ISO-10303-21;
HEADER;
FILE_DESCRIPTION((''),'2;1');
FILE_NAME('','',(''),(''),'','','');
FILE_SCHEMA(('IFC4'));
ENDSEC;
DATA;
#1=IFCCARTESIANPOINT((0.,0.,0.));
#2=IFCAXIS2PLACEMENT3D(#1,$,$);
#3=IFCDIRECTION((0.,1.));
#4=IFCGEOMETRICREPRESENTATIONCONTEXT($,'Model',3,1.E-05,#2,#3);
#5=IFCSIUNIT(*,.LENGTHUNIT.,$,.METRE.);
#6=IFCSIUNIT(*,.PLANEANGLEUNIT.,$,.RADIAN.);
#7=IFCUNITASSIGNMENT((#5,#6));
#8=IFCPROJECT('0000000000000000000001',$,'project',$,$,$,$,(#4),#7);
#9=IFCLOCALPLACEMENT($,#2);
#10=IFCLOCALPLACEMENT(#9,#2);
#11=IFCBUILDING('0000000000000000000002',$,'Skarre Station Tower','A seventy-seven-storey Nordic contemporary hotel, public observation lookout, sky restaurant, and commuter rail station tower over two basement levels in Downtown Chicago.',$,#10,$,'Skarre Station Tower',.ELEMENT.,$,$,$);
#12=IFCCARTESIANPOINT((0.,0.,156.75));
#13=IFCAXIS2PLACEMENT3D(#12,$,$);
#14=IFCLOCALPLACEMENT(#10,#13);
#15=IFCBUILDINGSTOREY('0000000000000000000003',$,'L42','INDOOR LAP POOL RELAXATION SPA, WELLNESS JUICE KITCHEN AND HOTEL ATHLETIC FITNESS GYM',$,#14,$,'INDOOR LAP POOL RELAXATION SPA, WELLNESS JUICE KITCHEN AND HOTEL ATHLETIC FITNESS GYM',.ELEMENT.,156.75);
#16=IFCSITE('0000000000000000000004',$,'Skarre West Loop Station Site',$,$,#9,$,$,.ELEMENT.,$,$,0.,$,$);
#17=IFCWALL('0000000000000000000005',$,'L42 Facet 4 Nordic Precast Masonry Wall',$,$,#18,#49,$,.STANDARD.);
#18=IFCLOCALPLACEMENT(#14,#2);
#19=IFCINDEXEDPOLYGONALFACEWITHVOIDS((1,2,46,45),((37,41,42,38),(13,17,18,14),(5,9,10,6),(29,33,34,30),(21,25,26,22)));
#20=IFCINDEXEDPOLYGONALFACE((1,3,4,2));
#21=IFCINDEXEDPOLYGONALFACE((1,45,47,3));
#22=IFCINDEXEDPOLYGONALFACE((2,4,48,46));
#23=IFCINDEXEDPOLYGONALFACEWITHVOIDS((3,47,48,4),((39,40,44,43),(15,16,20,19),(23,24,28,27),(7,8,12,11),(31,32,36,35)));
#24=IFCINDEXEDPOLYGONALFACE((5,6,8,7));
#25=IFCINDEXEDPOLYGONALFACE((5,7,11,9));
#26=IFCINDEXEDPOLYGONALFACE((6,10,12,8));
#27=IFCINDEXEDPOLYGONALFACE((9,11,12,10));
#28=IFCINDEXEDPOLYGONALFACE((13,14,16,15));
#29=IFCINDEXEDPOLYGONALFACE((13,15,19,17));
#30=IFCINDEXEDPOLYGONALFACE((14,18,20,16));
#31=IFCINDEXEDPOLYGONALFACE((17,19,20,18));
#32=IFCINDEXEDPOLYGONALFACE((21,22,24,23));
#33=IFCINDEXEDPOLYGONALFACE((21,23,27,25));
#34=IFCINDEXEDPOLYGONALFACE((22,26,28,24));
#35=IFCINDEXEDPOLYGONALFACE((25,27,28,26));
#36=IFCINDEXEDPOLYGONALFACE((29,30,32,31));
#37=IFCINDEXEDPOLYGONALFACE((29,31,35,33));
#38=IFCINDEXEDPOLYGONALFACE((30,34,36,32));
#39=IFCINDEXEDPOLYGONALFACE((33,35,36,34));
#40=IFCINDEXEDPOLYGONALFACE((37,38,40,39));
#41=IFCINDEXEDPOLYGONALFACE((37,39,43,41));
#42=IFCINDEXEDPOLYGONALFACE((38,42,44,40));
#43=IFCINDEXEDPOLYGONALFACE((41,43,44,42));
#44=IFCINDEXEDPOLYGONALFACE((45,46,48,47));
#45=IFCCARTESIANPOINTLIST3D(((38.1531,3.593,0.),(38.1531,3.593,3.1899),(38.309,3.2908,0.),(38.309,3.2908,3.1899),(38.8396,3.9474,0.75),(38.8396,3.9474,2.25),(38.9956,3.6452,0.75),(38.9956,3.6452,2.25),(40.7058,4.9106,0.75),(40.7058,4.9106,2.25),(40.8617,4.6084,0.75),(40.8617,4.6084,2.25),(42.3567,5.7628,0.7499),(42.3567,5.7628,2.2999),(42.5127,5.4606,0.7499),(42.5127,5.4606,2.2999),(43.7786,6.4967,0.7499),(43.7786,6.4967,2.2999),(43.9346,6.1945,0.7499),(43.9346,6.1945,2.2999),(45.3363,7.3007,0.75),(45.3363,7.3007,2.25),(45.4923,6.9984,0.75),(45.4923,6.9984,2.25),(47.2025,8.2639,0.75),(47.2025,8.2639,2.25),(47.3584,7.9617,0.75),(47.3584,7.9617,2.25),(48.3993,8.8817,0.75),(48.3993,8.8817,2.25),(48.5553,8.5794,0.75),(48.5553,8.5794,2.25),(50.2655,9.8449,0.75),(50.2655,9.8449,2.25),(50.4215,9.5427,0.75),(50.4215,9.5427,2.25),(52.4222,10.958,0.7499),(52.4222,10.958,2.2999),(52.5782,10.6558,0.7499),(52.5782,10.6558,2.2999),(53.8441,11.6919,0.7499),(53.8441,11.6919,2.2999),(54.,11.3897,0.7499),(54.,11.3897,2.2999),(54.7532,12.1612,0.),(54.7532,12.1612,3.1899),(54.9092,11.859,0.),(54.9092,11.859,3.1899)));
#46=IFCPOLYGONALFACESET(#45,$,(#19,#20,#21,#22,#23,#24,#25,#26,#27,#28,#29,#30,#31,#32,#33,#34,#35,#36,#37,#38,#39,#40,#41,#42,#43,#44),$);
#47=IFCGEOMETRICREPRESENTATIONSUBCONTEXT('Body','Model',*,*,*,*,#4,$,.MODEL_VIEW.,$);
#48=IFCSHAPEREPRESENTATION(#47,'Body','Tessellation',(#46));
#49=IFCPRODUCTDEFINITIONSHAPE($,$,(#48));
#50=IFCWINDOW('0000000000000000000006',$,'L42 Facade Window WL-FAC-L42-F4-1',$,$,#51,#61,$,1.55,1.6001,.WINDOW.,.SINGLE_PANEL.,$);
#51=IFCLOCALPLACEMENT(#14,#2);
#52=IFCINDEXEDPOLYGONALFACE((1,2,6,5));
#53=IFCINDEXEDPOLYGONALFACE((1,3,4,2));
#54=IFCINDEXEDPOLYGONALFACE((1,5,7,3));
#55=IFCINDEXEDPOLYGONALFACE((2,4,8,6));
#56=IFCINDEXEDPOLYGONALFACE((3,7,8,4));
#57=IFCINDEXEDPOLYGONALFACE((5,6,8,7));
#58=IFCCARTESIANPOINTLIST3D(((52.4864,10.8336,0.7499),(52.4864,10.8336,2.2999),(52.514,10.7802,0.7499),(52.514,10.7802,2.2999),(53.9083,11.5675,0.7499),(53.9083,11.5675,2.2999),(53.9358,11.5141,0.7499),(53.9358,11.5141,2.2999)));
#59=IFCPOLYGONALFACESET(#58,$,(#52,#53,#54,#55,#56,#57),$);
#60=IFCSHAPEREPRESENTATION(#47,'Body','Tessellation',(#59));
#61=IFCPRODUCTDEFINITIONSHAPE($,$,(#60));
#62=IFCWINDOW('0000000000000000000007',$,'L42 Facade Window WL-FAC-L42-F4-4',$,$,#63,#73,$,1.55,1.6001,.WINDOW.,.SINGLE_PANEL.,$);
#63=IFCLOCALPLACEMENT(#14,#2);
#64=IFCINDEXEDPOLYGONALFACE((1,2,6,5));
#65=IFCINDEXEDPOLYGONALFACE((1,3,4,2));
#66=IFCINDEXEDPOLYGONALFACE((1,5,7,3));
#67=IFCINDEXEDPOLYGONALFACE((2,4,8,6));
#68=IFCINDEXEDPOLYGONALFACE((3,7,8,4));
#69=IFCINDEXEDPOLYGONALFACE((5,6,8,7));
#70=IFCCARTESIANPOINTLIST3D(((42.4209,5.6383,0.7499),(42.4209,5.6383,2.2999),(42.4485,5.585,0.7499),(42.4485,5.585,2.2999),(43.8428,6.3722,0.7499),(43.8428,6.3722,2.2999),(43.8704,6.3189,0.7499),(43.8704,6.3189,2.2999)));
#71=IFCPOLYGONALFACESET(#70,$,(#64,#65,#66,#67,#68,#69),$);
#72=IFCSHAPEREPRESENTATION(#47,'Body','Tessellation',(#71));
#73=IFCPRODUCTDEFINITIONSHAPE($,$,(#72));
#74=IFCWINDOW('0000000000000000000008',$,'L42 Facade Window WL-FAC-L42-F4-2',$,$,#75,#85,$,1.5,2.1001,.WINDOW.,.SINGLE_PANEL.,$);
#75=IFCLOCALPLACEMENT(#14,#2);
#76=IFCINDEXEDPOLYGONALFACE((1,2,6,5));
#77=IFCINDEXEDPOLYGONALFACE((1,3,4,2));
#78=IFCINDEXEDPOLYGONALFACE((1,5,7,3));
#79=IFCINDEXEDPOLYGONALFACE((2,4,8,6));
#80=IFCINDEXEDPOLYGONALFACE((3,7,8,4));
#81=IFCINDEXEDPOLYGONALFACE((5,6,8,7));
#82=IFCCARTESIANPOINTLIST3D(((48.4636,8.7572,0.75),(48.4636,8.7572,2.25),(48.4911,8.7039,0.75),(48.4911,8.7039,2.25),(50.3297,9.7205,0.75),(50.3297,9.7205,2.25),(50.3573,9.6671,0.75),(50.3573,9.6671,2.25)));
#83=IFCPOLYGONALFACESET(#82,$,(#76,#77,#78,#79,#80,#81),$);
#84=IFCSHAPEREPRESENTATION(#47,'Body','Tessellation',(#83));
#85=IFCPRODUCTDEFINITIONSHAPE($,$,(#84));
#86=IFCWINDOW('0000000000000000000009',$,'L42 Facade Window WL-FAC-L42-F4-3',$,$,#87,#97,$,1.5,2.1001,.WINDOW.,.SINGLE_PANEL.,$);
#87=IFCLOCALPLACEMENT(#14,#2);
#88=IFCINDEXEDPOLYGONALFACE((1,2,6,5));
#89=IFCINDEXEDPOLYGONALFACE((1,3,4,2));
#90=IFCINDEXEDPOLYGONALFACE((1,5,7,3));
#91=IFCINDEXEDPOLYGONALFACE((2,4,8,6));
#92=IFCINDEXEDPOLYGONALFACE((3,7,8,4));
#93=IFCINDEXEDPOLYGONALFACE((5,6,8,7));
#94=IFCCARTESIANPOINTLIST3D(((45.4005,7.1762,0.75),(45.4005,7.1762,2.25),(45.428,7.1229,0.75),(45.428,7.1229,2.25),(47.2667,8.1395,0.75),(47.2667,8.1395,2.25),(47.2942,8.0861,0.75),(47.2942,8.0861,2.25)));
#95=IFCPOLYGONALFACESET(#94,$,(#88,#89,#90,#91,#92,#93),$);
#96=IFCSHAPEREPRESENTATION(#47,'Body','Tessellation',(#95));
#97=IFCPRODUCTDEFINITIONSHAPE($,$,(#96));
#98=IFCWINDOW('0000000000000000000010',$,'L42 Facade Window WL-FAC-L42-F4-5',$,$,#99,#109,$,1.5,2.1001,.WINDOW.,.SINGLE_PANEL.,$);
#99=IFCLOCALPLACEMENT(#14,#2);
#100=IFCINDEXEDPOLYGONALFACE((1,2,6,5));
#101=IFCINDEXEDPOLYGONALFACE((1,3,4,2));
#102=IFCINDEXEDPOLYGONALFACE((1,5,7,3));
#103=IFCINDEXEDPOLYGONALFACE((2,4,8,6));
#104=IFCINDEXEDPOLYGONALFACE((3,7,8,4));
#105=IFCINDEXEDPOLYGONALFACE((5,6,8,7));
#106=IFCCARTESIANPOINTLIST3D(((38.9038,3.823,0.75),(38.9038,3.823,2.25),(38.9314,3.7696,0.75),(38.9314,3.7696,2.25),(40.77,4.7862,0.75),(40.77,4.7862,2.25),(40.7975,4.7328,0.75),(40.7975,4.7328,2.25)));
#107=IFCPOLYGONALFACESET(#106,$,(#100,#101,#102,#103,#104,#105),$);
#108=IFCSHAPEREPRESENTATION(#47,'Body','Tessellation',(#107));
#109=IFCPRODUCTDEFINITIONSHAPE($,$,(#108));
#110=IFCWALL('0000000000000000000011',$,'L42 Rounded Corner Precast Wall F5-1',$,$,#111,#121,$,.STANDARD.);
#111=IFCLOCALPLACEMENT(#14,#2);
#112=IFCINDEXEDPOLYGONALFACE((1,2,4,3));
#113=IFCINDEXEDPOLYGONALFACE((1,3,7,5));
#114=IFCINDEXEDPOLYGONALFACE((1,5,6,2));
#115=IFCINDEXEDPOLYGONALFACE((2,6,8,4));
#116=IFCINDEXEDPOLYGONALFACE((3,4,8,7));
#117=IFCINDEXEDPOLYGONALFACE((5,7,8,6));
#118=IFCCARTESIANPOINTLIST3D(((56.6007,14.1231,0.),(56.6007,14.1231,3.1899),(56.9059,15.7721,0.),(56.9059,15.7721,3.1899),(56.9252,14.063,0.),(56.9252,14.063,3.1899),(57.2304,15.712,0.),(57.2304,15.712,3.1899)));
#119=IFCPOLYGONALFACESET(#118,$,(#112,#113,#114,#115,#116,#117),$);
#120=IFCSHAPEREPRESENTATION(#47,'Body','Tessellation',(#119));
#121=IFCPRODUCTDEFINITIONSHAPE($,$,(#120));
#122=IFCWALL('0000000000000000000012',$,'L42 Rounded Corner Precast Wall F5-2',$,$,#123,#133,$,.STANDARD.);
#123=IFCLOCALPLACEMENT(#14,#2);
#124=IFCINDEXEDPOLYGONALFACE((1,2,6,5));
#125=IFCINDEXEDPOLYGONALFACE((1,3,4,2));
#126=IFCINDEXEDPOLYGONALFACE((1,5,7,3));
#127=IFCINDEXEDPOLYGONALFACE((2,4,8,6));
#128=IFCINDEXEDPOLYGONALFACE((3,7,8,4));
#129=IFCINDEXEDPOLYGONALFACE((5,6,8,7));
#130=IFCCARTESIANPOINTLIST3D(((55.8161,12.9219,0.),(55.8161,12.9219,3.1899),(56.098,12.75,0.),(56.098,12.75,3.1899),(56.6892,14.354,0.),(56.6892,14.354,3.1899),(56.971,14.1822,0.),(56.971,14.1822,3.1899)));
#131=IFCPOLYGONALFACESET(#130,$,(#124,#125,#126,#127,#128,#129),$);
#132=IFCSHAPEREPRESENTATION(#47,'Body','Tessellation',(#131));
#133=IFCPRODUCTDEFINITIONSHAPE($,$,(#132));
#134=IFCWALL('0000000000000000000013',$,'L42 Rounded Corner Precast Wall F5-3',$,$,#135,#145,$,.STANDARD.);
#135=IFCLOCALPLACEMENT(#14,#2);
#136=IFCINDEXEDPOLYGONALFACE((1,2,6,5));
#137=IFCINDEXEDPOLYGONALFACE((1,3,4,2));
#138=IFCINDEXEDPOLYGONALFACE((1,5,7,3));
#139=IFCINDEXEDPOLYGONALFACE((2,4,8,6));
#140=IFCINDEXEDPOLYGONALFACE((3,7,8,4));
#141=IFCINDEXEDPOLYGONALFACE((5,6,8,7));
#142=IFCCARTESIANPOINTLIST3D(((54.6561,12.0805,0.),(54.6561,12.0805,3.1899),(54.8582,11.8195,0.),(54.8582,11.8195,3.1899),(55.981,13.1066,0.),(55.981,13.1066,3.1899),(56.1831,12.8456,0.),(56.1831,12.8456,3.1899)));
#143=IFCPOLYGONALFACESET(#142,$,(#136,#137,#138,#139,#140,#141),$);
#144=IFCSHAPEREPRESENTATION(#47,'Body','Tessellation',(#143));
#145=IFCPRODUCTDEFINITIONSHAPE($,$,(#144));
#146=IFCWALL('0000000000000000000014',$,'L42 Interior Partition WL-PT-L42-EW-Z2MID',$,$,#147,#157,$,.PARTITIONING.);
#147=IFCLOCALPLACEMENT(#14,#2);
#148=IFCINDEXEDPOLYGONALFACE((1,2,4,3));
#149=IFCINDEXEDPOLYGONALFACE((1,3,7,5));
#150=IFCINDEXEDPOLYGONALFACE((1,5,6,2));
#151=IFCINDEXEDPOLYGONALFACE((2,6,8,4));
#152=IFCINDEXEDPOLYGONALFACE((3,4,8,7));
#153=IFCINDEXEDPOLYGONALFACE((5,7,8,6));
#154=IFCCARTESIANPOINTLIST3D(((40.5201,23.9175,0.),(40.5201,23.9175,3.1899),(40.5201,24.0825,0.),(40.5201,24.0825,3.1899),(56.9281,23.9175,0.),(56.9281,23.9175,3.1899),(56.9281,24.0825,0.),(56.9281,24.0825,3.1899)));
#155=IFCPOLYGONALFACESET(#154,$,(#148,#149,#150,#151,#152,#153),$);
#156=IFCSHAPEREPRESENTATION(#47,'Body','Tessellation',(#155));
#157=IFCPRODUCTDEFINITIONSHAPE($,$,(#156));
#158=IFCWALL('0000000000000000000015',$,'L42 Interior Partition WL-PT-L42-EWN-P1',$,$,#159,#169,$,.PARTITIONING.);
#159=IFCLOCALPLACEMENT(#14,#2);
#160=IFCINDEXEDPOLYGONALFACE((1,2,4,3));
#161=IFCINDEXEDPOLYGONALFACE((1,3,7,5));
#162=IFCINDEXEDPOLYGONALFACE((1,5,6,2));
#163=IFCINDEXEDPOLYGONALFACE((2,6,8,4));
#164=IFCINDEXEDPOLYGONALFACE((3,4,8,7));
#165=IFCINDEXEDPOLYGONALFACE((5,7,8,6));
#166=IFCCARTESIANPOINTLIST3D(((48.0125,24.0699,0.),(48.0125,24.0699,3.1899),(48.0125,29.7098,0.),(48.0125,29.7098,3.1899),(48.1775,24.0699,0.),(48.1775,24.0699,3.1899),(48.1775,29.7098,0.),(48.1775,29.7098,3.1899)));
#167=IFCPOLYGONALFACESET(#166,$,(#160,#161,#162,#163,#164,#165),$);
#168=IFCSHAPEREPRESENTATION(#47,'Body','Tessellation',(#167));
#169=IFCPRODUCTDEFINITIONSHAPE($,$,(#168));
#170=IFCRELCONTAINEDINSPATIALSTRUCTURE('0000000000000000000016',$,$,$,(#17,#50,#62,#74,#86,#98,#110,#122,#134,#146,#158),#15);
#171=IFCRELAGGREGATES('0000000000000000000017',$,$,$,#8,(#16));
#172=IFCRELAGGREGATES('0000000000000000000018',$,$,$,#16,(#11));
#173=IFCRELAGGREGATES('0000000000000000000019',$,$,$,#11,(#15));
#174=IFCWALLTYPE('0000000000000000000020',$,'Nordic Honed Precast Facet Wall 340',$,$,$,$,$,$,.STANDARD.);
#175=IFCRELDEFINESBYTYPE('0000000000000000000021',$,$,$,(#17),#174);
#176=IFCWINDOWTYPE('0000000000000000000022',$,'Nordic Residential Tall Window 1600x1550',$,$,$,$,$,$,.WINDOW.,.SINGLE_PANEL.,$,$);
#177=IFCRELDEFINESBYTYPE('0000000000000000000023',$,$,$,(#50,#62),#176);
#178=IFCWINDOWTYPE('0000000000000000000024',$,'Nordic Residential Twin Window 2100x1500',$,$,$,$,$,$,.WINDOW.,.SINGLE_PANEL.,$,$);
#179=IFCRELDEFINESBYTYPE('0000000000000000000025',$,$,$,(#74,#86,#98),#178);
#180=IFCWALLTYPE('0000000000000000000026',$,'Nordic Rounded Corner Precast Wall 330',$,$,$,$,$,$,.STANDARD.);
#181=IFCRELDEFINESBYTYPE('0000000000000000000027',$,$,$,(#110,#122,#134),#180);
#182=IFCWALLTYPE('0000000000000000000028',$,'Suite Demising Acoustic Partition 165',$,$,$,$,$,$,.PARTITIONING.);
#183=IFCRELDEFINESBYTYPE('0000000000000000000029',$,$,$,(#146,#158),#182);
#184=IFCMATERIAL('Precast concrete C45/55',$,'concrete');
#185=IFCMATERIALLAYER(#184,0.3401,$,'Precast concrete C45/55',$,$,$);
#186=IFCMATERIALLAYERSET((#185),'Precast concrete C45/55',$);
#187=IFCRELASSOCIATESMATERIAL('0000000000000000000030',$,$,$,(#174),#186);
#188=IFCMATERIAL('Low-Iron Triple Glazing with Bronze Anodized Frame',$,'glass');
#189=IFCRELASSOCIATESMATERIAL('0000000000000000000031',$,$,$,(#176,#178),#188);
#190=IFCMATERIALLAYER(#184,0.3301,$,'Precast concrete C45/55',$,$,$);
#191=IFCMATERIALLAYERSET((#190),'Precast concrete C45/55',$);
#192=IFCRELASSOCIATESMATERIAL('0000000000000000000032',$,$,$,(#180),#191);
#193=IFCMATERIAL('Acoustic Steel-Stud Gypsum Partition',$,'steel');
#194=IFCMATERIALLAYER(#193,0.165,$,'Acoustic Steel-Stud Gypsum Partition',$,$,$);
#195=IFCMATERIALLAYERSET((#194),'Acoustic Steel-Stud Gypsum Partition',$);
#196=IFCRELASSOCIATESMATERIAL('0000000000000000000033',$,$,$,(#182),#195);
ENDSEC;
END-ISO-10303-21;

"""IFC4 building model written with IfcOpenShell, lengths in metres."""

from ifc_helpers import new_model, si_unit, direction, frame, frame_2d, origin, place, context, subcontext, project, spatial, rectangle, extrude, material, layer, layer_set, type_object, element, fill, save


model = new_model("IFC4")

# Units and contexts
model_context = context("Model", 3, precision=1e-05, world=origin(), true_north=direction((0.0, 1.0)))
body_context = subcontext(model_context, "Body", "Model", "MODEL_VIEW")
ifc_project = project(units=[si_unit("LENGTHUNIT", "METRE"), si_unit("PLANEANGLEUNIT", "RADIAN")], contexts=[model_context])

# Site, building, storey
site_placement = place(None, origin())
site = spatial("IfcSite", under=ifc_project, at=site_placement, Name="Skarre West Loop Station Site", CompositionType="ELEMENT", RefElevation=0.0)
building_placement = place(site_placement, origin())
building = spatial("IfcBuilding", under=site, at=building_placement, Name="Skarre Station Tower", Description="A seventy-seven-storey Nordic contemporary hotel, public observation lookout, sky restaurant, and commuter rail station tower over two basement levels in Downtown Chicago.", LongName="Skarre Station Tower", CompositionType="ELEMENT")
storey_placement = place(building_placement, frame((0.0, 0.0, 156.75)))
storey = spatial("IfcBuildingStorey", under=building, at=storey_placement, Name="L42", Description="INDOOR LAP POOL RELAXATION SPA, WELLNESS JUICE KITCHEN AND HOTEL ATHLETIC FITNESS GYM", LongName="INDOOR LAP POOL RELAXATION SPA, WELLNESS JUICE KITCHEN AND HOTEL ATHLETIC FITNESS GYM", CompositionType="ELEMENT", Elevation=156.75)

# Shared definitions
ifc_material_1 = material(Name="Acoustic Steel-Stud Gypsum Partition", Category="steel")

# Wall, openings, windows
ifc_material_2 = material(Name="Precast concrete C45/55", Category="concrete")
ifc_layer_1 = layer(ifc_material_2, 0.3401, Name="Precast concrete C45/55")
ifc_layer_set_1 = layer_set([ifc_layer_1], Name="Precast concrete C45/55")
wall_type_1 = type_object("IfcWallType", Name="Nordic Honed Precast Facet Wall 340", PredefinedType="STANDARD", material=ifc_layer_set_1)
wall_1_placement = place(storey_placement, frame((54.8311, 12.01, 0.0), z_axis=(0.0, 0.0, 1.0), x_axis=(-0.888614, -0.458657, 0.0)))
wall_1 = element("IfcWall", 1, at=wall_1_placement, inside=storey, type_object=wall_type_1, Name="L42 Facet 4 Nordic Precast Masonry Wall", PredefinedType="STANDARD", context=body_context, shape_type="SweptSolid", body=[
    extrude(rectangle(XDim=18.6809, YDim=0.3401, at=frame_2d((9.3403, 0.0))), origin(), (0.0, 0.0, 1.0), 3.1899),
])
opening_1_placement = place(wall_1_placement, frame((1.0229, 0.0, 0.75)))
opening_1 = element("IfcOpeningElement", 2, at=opening_1_placement, cuts=wall_1, PredefinedType="OPENING", context=body_context, shape_type="SweptSolid", body=[
    extrude(rectangle(XDim=1.6001, YDim=1.55, at=frame_2d((0.8, 0.7749))), frame((0.0, 0.1799, 0.0), z_axis=(0.0, -1.0, 0.0), x_axis=(1.0, 0.0, 0.0)), (0.0, 0.0, 1.0), 0.3601),
])
opening_2_placement = place(wall_1_placement, frame((5.05, 0.0, 0.75)))
opening_2 = element("IfcOpeningElement", 3, at=opening_2_placement, cuts=wall_1, PredefinedType="OPENING", context=body_context, shape_type="SweptSolid", body=[
    extrude(rectangle(XDim=2.1001, YDim=1.5, at=frame_2d((1.05, 0.75))), frame((0.0, 0.1799, 0.0), z_axis=(0.0, -1.0, 0.0), x_axis=(1.0, 0.0, 0.0)), (0.0, 0.0, 1.0), 0.3601),
])
opening_3_placement = place(wall_1_placement, frame((8.4971, 0.0, 0.75)))
opening_3 = element("IfcOpeningElement", 4, at=opening_3_placement, cuts=wall_1, PredefinedType="OPENING", context=body_context, shape_type="SweptSolid", body=[
    extrude(rectangle(XDim=2.1001, YDim=1.5, at=frame_2d((1.05, 0.75))), frame((0.0, 0.1799, 0.0), z_axis=(0.0, -1.0, 0.0), x_axis=(1.0, 0.0, 0.0)), (0.0, 0.0, 1.0), 0.3601),
])
opening_4_placement = place(wall_1_placement, frame((12.3501, 0.0, 0.75)))
opening_4 = element("IfcOpeningElement", 5, at=opening_4_placement, cuts=wall_1, PredefinedType="OPENING", context=body_context, shape_type="SweptSolid", body=[
    extrude(rectangle(XDim=1.6001, YDim=1.55, at=frame_2d((0.8, 0.7749))), frame((0.0, 0.1799, 0.0), z_axis=(0.0, -1.0, 0.0), x_axis=(1.0, 0.0, 0.0)), (0.0, 0.0, 1.0), 0.3601),
])
opening_5_placement = place(wall_1_placement, frame((15.8081, 0.0, 0.75)))
opening_5 = element("IfcOpeningElement", 6, at=opening_5_placement, cuts=wall_1, PredefinedType="OPENING", context=body_context, shape_type="SweptSolid", body=[
    extrude(rectangle(XDim=2.1001, YDim=1.5, at=frame_2d((1.05, 0.75))), frame((0.0, 0.1799, 0.0), z_axis=(0.0, -1.0, 0.0), x_axis=(1.0, 0.0, 0.0)), (0.0, 0.0, 1.0), 0.3601),
])
ifc_material_3 = material(Name="Low-Iron Triple Glazing with Bronze Anodized Frame", Category="glass")
window_type_1 = type_object("IfcWindowType", Name="Nordic Residential Tall Window 1600x1550", PartitioningType="SINGLE_PANEL", PredefinedType="WINDOW", material=ifc_material_3)
window_1_placement = place(opening_1_placement, origin())
window_1 = element("IfcWindow", 7, at=window_1_placement, inside=storey, type_object=window_type_1, Name="L42 Facade Window WL-FAC-L42-F4-1", OverallHeight=1.55, OverallWidth=1.6001, PartitioningType="SINGLE_PANEL", PredefinedType="WINDOW", context=body_context, shape_type="SweptSolid", body=[
    extrude(rectangle(XDim=1.6001, YDim=1.55, at=frame_2d((0.8, 0.7749))), frame((0.0, 0.03, 0.0), z_axis=(0.0, -1.0, 0.0), x_axis=(1.0, 0.0, 0.0)), (0.0, 0.0, 1.0), 0.0601),
])
fill(opening_1, window_1)
window_2_placement = place(opening_4_placement, origin())
window_2 = element("IfcWindow", 8, at=window_2_placement, inside=storey, type_object=window_type_1, Name="L42 Facade Window WL-FAC-L42-F4-4", OverallHeight=1.55, OverallWidth=1.6001, PartitioningType="SINGLE_PANEL", PredefinedType="WINDOW", context=body_context, shape_type="SweptSolid", body=[
    extrude(rectangle(XDim=1.6001, YDim=1.55, at=frame_2d((0.8, 0.7749))), frame((0.0, 0.03, 0.0), z_axis=(0.0, -1.0, 0.0), x_axis=(1.0, 0.0, 0.0)), (0.0, 0.0, 1.0), 0.0601),
])
fill(opening_4, window_2)
window_type_2 = type_object("IfcWindowType", Name="Nordic Residential Twin Window 2100x1500", PartitioningType="SINGLE_PANEL", PredefinedType="WINDOW", material=ifc_material_3)
window_3_placement = place(opening_2_placement, origin())
window_3 = element("IfcWindow", 9, at=window_3_placement, inside=storey, type_object=window_type_2, Name="L42 Facade Window WL-FAC-L42-F4-2", OverallHeight=1.5, OverallWidth=2.1001, PartitioningType="SINGLE_PANEL", PredefinedType="WINDOW", context=body_context, shape_type="SweptSolid", body=[
    extrude(rectangle(XDim=2.1001, YDim=1.5, at=frame_2d((1.05, 0.75))), frame((0.0, 0.03, 0.0), z_axis=(0.0, -1.0, 0.0), x_axis=(1.0, 0.0, 0.0)), (0.0, 0.0, 1.0), 0.0601),
])
fill(opening_2, window_3)
window_4_placement = place(opening_3_placement, origin())
window_4 = element("IfcWindow", 10, at=window_4_placement, inside=storey, type_object=window_type_2, Name="L42 Facade Window WL-FAC-L42-F4-3", OverallHeight=1.5, OverallWidth=2.1001, PartitioningType="SINGLE_PANEL", PredefinedType="WINDOW", context=body_context, shape_type="SweptSolid", body=[
    extrude(rectangle(XDim=2.1001, YDim=1.5, at=frame_2d((1.05, 0.75))), frame((0.0, 0.03, 0.0), z_axis=(0.0, -1.0, 0.0), x_axis=(1.0, 0.0, 0.0)), (0.0, 0.0, 1.0), 0.0601),
])
fill(opening_3, window_4)
window_5_placement = place(opening_5_placement, origin())
window_5 = element("IfcWindow", 11, at=window_5_placement, inside=storey, type_object=window_type_2, Name="L42 Facade Window WL-FAC-L42-F4-5", OverallHeight=1.5, OverallWidth=2.1001, PartitioningType="SINGLE_PANEL", PredefinedType="WINDOW", context=body_context, shape_type="SweptSolid", body=[
    extrude(rectangle(XDim=2.1001, YDim=1.5, at=frame_2d((1.05, 0.75))), frame((0.0, 0.03, 0.0), z_axis=(0.0, -1.0, 0.0), x_axis=(1.0, 0.0, 0.0)), (0.0, 0.0, 1.0), 0.0601),
])
fill(opening_5, window_5)

# Walls
ifc_layer_2 = layer(ifc_material_2, 0.3301, Name="Precast concrete C45/55")
ifc_layer_set_2 = layer_set([ifc_layer_2], Name="Precast concrete C45/55")
wall_type_2 = type_object("IfcWallType", Name="Nordic Rounded Corner Precast Wall 330", PredefinedType="STANDARD", material=ifc_layer_set_2)
wall_2_placement = place(storey_placement, frame((57.0681, 15.7419, 0.0), z_axis=(0.0, 0.0, 1.0), x_axis=(-0.181985, -0.983301, 0.0)))
element("IfcWall", 12, at=wall_2_placement, inside=storey, type_object=wall_type_2, Name="L42 Rounded Corner Precast Wall F5-1", PredefinedType="STANDARD", context=body_context, shape_type="SweptSolid", body=[
    extrude(rectangle(XDim=1.677, YDim=0.3301, at=frame_2d((0.8384, 0.0))), origin(), (0.0, 0.0, 1.0), 3.1899),
])
wall_3_placement = place(storey_placement, frame((56.8301, 14.2681, 0.0), z_axis=(0.0, 0.0, 1.0), x_axis=(-0.520519, -0.85385, 0.0)))
element("IfcWall", 13, at=wall_3_placement, inside=storey, type_object=wall_type_2, Name="L42 Rounded Corner Precast Wall F5-2", PredefinedType="STANDARD", context=body_context, shape_type="SweptSolid", body=[
    extrude(rectangle(XDim=1.6772, YDim=0.3301, at=frame_2d((0.8386, 0.0))), origin(), (0.0, 0.0, 1.0), 3.1899),
])
wall_4_placement = place(storey_placement, frame((56.082, 12.9761, 0.0), z_axis=(0.0, 0.0, 1.0), x_axis=(-0.790621, -0.612305, 0.0)))
element("IfcWall", 14, at=wall_4_placement, inside=storey, type_object=wall_type_2, Name="L42 Rounded Corner Precast Wall F5-3", PredefinedType="STANDARD", context=body_context, shape_type="SweptSolid", body=[
    extrude(rectangle(XDim=1.6758, YDim=0.3301, at=frame_2d((0.8379, 0.0))), origin(), (0.0, 0.0, 1.0), 3.1899),
])
ifc_layer_3 = layer(ifc_material_1, 0.165, Name="Acoustic Steel-Stud Gypsum Partition")
ifc_layer_set_3 = layer_set([ifc_layer_3], Name="Acoustic Steel-Stud Gypsum Partition")
wall_type_3 = type_object("IfcWallType", Name="Suite Demising Acoustic Partition 165", PredefinedType="PARTITIONING", material=ifc_layer_set_3)
wall_5_placement = place(storey_placement, frame((40.52, 24.0, 0.0), z_axis=(0.0, 0.0, 1.0), x_axis=(1.0, 0.0, 0.0)))
element("IfcWall", 15, at=wall_5_placement, inside=storey, type_object=wall_type_3, Name="L42 Interior Partition WL-PT-L42-EW-Z2MID", PredefinedType="PARTITIONING", context=body_context, shape_type="SweptSolid", body=[
    extrude(rectangle(XDim=16.408, YDim=0.165, at=frame_2d((8.2041, 0.0))), origin(), (0.0, 0.0, 1.0), 3.1899),
])
for number, where, z_axis, x_axis, name in (
    (16, (48.095, 24.0701, 0.0), (0.0, 0.0, 1.0), (0.0, 1.0, 0.0), "L42 Interior Partition WL-PT-L42-EWN-P1"),
):
    element("IfcWall", number, at=place(storey_placement, frame(where, z_axis=z_axis, x_axis=x_axis)), inside=storey, type_object=wall_type_3, Name=name, PredefinedType="PARTITIONING", context=body_context, shape_type="SweptSolid", body=[
        extrude(rectangle(XDim=5.6399, YDim=0.165, at=frame_2d((2.8198, 0.0))), origin(), (0.0, 0.0, 1.0), 3.1899),
    ])

save(model, "model.ifc")
